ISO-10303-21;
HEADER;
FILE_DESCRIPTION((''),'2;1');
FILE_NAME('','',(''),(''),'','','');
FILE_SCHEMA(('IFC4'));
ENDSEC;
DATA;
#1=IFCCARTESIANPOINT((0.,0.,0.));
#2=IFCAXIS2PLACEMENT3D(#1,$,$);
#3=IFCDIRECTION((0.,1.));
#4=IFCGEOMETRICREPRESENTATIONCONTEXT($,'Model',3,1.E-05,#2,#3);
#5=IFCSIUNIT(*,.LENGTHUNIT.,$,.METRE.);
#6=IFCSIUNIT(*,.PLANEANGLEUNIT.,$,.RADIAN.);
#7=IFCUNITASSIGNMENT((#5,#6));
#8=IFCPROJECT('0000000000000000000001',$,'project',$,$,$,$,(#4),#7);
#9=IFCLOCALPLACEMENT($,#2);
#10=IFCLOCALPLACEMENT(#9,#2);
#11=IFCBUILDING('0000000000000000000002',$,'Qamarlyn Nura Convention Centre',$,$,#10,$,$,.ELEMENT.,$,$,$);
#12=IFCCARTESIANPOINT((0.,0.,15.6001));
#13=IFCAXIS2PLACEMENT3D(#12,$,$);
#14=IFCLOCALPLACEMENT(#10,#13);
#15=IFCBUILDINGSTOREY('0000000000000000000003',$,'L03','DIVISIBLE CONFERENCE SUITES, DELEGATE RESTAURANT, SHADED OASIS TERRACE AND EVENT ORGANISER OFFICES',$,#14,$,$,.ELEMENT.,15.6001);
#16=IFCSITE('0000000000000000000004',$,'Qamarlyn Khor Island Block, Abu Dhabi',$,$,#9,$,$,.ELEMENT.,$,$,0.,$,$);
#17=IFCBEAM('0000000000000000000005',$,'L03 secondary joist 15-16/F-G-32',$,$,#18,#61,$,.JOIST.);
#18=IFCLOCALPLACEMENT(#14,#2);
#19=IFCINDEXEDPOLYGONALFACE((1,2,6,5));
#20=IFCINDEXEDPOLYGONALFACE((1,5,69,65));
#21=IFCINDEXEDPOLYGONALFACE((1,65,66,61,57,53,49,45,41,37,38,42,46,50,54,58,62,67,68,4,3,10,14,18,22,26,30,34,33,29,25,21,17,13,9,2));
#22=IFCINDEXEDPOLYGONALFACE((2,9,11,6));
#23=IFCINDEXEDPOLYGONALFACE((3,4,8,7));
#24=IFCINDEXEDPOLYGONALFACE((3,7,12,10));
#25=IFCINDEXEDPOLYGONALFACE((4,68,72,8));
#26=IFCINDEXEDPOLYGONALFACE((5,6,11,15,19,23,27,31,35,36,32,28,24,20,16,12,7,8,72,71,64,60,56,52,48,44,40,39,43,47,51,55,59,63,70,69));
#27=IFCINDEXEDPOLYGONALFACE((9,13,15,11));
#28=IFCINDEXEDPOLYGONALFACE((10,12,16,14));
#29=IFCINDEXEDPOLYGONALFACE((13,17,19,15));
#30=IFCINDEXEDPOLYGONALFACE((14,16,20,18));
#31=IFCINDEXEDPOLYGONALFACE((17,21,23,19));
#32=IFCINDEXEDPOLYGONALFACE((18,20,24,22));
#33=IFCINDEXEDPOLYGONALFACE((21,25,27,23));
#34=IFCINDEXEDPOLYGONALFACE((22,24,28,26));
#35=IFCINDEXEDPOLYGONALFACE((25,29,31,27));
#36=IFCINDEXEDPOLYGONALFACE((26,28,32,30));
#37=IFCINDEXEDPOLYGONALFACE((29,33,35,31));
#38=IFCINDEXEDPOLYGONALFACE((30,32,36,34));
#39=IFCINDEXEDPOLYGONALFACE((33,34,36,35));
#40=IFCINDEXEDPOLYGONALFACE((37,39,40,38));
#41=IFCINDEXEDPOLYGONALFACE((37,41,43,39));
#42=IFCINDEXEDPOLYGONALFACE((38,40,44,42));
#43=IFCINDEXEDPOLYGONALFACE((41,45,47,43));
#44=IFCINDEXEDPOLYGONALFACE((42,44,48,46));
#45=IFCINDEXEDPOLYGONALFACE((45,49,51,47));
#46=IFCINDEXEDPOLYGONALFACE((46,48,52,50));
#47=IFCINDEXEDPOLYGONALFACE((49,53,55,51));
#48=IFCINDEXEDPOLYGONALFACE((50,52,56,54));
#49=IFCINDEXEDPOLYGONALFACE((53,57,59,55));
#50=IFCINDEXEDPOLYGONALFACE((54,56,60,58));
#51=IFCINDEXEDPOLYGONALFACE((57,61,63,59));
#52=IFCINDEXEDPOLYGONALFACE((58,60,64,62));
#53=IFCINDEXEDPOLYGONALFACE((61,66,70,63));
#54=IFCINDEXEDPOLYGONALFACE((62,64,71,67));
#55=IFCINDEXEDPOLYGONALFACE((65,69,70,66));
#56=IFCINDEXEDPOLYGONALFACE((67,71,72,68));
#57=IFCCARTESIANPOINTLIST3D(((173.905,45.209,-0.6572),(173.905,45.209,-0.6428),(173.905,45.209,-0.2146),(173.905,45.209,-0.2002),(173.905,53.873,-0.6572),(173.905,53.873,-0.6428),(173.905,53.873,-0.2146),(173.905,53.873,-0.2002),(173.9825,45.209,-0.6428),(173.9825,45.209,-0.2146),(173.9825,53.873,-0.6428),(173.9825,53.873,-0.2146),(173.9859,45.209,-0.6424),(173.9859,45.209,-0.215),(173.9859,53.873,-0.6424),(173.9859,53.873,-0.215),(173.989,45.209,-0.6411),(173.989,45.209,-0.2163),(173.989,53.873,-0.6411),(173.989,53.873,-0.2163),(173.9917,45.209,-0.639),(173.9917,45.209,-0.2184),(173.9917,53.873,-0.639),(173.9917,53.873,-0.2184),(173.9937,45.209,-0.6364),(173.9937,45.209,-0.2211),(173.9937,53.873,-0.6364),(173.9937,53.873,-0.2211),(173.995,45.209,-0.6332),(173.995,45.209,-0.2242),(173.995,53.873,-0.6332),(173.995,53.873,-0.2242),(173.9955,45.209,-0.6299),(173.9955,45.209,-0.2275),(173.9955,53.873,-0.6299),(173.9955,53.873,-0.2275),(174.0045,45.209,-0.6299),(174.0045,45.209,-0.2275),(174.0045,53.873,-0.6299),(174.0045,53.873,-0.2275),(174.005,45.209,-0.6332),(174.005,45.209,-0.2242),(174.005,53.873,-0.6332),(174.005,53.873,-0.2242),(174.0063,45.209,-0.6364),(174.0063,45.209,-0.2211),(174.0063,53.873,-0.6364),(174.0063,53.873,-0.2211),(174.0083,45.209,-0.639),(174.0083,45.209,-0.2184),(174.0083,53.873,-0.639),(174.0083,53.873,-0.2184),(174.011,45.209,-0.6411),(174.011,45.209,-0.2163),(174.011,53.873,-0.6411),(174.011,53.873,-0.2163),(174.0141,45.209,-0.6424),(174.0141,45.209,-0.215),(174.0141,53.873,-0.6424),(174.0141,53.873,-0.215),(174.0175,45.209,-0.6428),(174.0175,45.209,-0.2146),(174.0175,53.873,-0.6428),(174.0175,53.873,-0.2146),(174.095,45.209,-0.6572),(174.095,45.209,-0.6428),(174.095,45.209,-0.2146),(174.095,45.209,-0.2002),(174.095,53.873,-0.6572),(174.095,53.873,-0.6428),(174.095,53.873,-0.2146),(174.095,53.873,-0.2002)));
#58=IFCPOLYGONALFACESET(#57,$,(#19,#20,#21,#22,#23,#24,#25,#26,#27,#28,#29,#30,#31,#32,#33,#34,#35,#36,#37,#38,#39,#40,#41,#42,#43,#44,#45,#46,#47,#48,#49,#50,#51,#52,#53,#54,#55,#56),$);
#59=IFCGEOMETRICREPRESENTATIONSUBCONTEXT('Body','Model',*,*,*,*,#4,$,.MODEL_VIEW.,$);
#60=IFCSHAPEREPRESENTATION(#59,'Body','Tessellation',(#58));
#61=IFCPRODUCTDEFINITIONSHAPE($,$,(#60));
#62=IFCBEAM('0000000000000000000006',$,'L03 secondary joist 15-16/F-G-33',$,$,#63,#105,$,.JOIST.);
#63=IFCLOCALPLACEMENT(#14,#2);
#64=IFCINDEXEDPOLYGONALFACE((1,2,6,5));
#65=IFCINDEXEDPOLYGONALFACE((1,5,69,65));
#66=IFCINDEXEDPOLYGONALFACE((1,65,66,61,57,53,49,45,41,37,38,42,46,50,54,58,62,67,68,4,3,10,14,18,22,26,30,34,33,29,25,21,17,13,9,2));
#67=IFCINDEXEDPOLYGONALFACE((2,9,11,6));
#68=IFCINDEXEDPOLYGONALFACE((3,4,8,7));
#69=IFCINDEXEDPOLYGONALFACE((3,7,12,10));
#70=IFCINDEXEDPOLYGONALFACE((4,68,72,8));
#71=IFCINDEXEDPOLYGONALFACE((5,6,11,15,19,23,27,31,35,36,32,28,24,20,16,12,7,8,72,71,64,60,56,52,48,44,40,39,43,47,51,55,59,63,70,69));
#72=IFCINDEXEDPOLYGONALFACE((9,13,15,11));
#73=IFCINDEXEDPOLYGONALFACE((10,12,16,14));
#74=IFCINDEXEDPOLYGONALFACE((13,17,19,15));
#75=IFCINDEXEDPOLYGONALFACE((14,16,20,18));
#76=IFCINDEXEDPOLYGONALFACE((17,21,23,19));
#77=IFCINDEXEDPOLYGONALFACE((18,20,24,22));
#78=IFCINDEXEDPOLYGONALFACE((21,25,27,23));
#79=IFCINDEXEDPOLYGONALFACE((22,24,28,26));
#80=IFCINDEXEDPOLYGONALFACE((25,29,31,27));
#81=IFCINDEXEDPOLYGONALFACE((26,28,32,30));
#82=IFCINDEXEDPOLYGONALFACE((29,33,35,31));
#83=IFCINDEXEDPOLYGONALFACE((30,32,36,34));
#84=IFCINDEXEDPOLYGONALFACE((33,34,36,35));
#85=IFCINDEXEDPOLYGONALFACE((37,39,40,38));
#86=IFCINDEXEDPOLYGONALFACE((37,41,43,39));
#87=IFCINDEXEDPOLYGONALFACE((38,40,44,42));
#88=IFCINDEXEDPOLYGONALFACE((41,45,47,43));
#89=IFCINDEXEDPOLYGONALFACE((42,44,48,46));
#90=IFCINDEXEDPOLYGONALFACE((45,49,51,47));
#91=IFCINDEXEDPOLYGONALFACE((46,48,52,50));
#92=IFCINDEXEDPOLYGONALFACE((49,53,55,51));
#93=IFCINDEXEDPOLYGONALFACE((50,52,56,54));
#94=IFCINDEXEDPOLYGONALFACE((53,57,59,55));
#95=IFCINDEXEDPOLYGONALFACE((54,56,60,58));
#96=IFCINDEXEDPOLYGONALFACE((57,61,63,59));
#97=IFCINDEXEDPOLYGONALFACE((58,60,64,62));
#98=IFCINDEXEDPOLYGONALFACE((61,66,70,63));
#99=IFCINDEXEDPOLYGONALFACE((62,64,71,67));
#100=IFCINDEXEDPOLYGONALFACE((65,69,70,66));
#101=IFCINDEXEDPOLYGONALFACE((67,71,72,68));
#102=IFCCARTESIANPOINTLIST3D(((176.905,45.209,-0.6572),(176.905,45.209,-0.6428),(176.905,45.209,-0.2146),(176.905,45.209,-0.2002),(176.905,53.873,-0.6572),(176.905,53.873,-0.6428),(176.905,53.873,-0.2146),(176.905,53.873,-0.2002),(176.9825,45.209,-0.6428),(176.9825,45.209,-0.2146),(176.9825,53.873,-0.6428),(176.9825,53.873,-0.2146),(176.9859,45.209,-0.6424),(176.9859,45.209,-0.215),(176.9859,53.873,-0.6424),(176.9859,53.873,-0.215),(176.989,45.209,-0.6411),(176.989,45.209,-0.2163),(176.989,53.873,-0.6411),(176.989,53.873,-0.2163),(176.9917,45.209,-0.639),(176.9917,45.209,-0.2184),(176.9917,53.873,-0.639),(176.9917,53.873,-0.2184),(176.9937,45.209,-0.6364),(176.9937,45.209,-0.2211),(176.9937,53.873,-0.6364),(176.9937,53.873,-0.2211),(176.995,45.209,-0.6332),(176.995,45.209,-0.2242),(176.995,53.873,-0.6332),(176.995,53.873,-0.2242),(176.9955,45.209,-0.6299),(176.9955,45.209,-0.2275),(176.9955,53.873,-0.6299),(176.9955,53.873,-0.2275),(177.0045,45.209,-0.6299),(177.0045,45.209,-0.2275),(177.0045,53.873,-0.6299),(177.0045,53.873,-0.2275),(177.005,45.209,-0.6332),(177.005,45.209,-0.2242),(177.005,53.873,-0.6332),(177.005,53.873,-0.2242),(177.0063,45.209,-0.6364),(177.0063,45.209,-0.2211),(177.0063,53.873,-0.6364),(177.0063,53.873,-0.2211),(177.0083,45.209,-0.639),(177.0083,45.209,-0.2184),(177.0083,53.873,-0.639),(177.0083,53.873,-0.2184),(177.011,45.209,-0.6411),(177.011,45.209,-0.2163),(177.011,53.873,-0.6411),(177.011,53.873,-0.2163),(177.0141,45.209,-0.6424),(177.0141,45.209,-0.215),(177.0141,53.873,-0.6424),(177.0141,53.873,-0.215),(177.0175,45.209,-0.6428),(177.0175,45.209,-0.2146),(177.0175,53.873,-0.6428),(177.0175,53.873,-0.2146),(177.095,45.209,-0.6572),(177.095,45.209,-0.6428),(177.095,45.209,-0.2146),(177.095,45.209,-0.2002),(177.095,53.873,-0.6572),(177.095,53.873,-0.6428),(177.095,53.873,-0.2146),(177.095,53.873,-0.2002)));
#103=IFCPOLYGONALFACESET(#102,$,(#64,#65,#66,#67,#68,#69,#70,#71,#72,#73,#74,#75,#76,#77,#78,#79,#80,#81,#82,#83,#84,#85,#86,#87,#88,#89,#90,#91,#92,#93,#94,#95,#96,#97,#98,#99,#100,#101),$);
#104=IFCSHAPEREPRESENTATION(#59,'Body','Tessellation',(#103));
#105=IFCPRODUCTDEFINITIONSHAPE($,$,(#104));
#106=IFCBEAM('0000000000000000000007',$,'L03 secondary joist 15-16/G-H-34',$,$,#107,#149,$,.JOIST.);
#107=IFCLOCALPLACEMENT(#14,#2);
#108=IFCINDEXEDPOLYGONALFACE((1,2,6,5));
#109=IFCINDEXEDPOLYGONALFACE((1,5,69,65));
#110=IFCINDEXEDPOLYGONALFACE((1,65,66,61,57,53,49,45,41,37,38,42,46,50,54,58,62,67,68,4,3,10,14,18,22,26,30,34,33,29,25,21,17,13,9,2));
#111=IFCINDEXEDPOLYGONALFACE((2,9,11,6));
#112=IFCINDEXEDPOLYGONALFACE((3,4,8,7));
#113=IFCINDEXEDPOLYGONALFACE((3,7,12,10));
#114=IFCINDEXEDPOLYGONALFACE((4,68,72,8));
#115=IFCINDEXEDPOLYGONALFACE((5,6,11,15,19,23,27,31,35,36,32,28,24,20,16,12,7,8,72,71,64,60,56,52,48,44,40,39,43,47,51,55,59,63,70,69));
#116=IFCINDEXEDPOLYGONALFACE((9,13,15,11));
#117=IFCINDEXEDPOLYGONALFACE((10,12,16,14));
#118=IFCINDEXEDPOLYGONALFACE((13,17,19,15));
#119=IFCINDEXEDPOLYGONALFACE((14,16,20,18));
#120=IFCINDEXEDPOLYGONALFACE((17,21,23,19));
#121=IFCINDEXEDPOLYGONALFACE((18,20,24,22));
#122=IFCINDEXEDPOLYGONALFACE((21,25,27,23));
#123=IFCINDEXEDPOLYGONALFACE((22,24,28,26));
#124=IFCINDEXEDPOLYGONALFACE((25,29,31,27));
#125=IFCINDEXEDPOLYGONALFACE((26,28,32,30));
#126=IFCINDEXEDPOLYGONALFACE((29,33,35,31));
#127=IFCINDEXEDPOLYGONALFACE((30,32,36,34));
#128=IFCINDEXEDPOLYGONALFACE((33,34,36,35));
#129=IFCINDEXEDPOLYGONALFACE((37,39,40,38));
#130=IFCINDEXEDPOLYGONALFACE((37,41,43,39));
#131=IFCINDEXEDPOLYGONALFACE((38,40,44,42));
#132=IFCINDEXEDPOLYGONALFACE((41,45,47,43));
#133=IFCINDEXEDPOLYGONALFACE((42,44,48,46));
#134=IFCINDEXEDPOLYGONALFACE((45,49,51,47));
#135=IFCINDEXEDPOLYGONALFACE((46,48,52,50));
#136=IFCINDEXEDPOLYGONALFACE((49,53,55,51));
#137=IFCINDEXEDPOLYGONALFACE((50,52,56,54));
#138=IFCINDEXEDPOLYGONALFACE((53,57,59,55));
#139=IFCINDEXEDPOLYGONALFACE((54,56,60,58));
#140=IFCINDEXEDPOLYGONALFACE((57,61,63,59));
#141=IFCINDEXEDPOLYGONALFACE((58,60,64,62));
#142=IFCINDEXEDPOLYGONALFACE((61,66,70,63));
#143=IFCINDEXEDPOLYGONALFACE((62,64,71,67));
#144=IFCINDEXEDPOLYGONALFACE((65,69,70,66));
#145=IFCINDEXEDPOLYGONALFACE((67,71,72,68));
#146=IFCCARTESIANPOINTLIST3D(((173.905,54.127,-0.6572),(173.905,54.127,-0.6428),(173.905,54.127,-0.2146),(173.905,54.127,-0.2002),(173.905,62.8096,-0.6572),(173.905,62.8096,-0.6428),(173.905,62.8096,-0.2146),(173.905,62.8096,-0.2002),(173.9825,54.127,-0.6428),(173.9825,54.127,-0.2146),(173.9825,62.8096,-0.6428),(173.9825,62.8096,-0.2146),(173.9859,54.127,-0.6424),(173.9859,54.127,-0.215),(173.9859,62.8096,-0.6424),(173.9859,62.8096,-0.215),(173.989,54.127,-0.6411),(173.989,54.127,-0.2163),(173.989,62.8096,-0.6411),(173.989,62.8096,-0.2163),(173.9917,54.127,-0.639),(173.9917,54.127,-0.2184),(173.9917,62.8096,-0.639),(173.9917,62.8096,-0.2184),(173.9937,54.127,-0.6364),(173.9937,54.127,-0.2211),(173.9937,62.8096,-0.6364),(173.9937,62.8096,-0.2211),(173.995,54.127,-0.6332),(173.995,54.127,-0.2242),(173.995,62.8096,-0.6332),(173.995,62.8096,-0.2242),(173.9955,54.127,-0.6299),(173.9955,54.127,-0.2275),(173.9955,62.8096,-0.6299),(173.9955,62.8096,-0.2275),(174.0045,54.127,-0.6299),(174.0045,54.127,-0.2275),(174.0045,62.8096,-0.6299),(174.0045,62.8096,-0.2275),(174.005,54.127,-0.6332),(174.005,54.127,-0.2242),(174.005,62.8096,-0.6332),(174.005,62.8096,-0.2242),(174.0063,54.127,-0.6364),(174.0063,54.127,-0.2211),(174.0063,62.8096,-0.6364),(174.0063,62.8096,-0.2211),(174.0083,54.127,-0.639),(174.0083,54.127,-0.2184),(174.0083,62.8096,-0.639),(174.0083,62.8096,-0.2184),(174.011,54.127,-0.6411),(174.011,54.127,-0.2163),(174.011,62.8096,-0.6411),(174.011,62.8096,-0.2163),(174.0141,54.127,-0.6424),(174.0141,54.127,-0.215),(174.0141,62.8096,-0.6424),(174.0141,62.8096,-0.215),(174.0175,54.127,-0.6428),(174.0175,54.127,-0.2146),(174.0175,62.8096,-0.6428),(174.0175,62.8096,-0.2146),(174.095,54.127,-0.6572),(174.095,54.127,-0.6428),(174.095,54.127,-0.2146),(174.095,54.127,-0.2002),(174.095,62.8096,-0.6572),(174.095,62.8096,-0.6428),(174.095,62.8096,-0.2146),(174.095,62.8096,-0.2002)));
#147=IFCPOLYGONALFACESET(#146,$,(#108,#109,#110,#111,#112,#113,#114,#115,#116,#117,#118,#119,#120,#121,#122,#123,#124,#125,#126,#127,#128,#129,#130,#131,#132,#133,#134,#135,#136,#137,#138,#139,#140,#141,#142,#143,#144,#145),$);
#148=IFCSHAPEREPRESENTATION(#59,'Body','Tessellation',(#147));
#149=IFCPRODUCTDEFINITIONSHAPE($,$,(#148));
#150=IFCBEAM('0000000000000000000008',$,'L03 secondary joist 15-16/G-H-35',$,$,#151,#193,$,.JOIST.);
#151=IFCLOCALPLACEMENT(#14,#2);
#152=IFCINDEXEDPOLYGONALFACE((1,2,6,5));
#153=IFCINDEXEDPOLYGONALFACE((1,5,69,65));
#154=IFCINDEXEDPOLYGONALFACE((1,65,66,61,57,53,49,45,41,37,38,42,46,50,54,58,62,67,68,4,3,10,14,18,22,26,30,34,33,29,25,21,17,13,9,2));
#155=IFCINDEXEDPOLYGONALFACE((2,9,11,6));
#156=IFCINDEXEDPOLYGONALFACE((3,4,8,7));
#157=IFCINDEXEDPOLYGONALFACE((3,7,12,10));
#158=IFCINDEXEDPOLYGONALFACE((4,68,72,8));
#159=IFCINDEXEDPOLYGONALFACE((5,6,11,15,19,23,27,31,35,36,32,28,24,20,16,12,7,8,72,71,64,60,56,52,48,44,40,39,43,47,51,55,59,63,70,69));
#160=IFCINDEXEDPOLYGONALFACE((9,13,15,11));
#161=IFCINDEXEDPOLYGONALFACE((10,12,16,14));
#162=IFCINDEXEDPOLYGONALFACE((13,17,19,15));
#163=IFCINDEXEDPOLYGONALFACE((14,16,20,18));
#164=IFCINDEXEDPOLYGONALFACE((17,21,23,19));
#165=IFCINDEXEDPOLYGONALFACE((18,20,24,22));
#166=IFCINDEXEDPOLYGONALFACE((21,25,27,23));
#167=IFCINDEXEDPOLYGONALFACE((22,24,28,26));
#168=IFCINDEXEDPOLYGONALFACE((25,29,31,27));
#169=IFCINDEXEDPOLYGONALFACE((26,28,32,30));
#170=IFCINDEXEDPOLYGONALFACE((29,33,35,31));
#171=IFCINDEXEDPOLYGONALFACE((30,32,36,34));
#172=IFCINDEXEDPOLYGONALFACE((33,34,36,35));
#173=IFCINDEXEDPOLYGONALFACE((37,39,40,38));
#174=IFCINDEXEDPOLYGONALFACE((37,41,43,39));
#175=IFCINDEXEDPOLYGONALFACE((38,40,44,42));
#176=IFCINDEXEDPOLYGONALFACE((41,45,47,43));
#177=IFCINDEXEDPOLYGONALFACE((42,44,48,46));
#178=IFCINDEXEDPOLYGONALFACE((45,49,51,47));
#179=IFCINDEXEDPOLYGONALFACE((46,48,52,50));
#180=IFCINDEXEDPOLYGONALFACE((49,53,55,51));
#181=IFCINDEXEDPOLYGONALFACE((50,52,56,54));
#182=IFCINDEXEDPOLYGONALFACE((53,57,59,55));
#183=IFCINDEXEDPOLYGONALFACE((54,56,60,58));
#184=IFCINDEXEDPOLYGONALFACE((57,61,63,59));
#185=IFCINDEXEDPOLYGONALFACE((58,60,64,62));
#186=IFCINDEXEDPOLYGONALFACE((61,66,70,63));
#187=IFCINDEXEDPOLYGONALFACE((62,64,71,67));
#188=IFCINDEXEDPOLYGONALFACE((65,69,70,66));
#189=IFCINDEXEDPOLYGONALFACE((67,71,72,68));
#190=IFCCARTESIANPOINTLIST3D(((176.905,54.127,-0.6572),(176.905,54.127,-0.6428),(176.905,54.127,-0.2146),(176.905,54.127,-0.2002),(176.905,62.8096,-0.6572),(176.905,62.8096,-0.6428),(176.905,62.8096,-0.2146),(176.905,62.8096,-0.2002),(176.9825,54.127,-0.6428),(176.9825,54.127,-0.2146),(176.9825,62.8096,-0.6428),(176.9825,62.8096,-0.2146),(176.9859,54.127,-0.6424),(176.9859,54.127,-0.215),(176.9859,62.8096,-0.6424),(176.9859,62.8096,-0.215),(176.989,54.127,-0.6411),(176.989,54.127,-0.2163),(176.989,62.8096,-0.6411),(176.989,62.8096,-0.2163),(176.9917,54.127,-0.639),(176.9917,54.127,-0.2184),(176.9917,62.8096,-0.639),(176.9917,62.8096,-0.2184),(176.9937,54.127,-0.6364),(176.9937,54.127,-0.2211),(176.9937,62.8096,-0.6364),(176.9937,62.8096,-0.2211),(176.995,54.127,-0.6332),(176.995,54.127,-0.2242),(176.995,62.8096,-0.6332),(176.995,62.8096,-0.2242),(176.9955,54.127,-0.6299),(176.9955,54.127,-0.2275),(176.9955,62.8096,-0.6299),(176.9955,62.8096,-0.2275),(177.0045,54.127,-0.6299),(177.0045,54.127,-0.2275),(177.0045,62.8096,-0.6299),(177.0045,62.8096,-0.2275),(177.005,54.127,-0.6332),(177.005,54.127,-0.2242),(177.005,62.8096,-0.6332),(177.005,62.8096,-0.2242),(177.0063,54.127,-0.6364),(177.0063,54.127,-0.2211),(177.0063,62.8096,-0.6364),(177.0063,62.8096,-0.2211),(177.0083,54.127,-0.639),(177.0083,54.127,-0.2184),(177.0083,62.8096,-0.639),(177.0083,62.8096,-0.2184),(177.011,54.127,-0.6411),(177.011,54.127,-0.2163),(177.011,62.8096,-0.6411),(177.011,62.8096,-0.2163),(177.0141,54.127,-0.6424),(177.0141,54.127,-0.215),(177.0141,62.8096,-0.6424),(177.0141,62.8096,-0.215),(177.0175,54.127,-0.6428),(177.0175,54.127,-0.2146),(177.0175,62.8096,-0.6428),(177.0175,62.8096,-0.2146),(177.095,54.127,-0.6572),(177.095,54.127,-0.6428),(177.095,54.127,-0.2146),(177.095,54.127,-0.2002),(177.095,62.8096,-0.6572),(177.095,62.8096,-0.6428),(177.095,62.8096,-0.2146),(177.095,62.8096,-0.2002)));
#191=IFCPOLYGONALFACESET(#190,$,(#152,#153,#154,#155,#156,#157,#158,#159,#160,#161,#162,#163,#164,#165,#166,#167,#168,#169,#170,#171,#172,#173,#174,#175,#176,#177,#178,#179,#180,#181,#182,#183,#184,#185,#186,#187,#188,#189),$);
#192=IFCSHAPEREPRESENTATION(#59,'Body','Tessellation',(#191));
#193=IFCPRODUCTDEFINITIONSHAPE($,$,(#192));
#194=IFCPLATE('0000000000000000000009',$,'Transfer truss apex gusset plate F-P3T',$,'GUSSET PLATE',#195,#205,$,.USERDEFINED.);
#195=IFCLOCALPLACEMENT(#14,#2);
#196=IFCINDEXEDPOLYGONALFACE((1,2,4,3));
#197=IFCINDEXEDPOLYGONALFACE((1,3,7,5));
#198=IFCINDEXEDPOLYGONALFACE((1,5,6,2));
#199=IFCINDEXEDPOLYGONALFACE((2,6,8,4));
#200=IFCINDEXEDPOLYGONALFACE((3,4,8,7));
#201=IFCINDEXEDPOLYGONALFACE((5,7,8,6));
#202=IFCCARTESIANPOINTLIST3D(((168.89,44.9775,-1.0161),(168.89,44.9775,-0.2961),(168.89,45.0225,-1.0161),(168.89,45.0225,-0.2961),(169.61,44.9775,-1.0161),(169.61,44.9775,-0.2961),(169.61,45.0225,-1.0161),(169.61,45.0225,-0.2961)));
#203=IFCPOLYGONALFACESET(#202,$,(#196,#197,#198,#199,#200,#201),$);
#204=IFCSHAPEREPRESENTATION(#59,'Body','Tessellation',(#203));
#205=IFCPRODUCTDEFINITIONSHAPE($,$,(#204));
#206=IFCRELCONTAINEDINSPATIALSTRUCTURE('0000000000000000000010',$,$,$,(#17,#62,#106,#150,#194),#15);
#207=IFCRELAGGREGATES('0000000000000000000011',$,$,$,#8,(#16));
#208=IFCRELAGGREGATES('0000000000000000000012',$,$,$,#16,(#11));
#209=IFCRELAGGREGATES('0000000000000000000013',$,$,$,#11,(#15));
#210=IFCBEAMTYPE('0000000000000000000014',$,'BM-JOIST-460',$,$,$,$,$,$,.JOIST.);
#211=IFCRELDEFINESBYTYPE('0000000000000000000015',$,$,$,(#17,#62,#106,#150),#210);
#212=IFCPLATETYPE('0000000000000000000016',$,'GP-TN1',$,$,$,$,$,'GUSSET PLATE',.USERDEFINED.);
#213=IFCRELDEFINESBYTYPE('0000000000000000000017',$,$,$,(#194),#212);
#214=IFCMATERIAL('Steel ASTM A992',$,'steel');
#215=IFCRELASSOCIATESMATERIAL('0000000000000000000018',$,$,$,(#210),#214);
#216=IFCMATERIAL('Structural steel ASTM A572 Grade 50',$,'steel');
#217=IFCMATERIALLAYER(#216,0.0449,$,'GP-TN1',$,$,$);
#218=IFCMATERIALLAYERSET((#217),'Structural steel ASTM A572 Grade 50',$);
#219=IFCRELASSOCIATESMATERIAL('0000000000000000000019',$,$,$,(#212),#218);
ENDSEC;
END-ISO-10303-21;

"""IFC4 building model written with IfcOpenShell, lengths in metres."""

from ifc_helpers import new_model, si_unit, direction, frame, origin, origin_2d, place, context, subcontext, project, spatial, rectangle, i_section, extrude, material, layer, layer_set, material_profile, profile_set, type_object, element, save


model = new_model("IFC4")

# Units and contexts
model_context = context("Model", 3, precision=1e-05, world=origin(), true_north=direction((0.0, 1.0)))
body_context = subcontext(model_context, "Body", "Model", "MODEL_VIEW")
ifc_project = project(units=[si_unit("LENGTHUNIT", "METRE"), si_unit("PLANEANGLEUNIT", "RADIAN")], contexts=[model_context])

# Site, building, storey
site_placement = place(None, origin())
site = spatial("IfcSite", under=ifc_project, at=site_placement, Name="Qamarlyn Khor Island Block, Abu Dhabi", CompositionType="ELEMENT", RefElevation=0.0)
building_placement = place(site_placement, origin())
building = spatial("IfcBuilding", under=site, at=building_placement, Name="Qamarlyn Nura Convention Centre", CompositionType="ELEMENT")
storey_placement = place(building_placement, frame((0.0, 0.0, 15.6001)))
storey = spatial("IfcBuildingStorey", under=building, at=storey_placement, Name="L03", Description="DIVISIBLE CONFERENCE SUITES, DELEGATE RESTAURANT, SHADED OASIS TERRACE AND EVENT ORGANISER OFFICES", CompositionType="ELEMENT", Elevation=15.6001)

# Shared definitions
ifc_material_1 = material(Name="Steel ASTM A992", Category="steel")

# Beams
ifc_material_profile_1 = material_profile(ifc_material_1, i_section(OverallWidth=0.1899, OverallDepth=0.457, WebThickness=0.009, FlangeThickness=0.0144, FilletRadius=0.0129, at=origin_2d()), Name="W460X74")
ifc_profile_set_1 = profile_set([ifc_material_profile_1], Name="Steel ASTM A992")
beam_type_1 = type_object("IfcBeamType", Name="BM-JOIST-460", PredefinedType="JOIST", material=ifc_profile_set_1)
for number, where, z_axis, x_axis, name in (
    (1, (174.0, 45.209, -0.4287), (0.0, 1.0, 0.0), (-1.0, 0.0, 0.0), "L03 secondary joist 15-16/F-G-32"),
    (2, (177.0, 45.209, -0.4287), (0.0, 1.0, 0.0), (-1.0, 0.0, 0.0), "L03 secondary joist 15-16/F-G-33"),
):
    element("IfcBeam", number, at=place(storey_placement, frame(where, z_axis=z_axis, x_axis=x_axis)), inside=storey, type_object=beam_type_1, Name=name, PredefinedType="JOIST", context=body_context, shape_type="SweptSolid", body=[
        extrude(i_section(OverallWidth=0.1899, OverallDepth=0.457, WebThickness=0.009, FlangeThickness=0.0144, FilletRadius=0.0129, at=origin_2d()), origin(), (0.0, 0.0, 1.0), 8.6641),
    ])
for number, where, z_axis, x_axis, name in (
    (3, (174.0, 54.127, -0.4287), (0.0, 1.0, 0.0), (-1.0, 0.0, 0.0), "L03 secondary joist 15-16/G-H-34"),
    (4, (177.0, 54.127, -0.4287), (0.0, 1.0, 0.0), (-1.0, 0.0, 0.0), "L03 secondary joist 15-16/G-H-35"),
):
    element("IfcBeam", number, at=place(storey_placement, frame(where, z_axis=z_axis, x_axis=x_axis)), inside=storey, type_object=beam_type_1, Name=name, PredefinedType="JOIST", context=body_context, shape_type="SweptSolid", body=[
        extrude(i_section(OverallWidth=0.1899, OverallDepth=0.457, WebThickness=0.009, FlangeThickness=0.0144, FilletRadius=0.0129, at=origin_2d()), origin(), (0.0, 0.0, 1.0), 8.6826),
    ])

# Plate
ifc_material_2 = material(Name="Structural steel ASTM A572 Grade 50", Category="steel")
ifc_layer_1 = layer(ifc_material_2, 0.0449, Name="GP-TN1")
ifc_layer_set_1 = layer_set([ifc_layer_1], Name="Structural steel ASTM A572 Grade 50")
plate_type = type_object("IfcPlateType", Name="GP-TN1", ElementType="GUSSET PLATE", PredefinedType="USERDEFINED", material=ifc_layer_set_1)
for number, where, z_axis, x_axis, name in (
    (5, (169.25, 45.0, -1.0161), (0.0, 0.0, 1.0), (1.0, 0.0, 0.0), "Transfer truss apex gusset plate F-P3T"),
):
    element("IfcPlate", number, at=place(storey_placement, frame(where, z_axis=z_axis, x_axis=x_axis)), inside=storey, type_object=plate_type, Name=name, ObjectType="GUSSET PLATE", PredefinedType="USERDEFINED", context=body_context, shape_type="SweptSolid", body=[
        extrude(rectangle(XDim=0.72, YDim=0.0449, at=origin_2d()), origin(), (0.0, 0.0, 1.0), 0.72),
    ])

save(model, "model.ifc")
